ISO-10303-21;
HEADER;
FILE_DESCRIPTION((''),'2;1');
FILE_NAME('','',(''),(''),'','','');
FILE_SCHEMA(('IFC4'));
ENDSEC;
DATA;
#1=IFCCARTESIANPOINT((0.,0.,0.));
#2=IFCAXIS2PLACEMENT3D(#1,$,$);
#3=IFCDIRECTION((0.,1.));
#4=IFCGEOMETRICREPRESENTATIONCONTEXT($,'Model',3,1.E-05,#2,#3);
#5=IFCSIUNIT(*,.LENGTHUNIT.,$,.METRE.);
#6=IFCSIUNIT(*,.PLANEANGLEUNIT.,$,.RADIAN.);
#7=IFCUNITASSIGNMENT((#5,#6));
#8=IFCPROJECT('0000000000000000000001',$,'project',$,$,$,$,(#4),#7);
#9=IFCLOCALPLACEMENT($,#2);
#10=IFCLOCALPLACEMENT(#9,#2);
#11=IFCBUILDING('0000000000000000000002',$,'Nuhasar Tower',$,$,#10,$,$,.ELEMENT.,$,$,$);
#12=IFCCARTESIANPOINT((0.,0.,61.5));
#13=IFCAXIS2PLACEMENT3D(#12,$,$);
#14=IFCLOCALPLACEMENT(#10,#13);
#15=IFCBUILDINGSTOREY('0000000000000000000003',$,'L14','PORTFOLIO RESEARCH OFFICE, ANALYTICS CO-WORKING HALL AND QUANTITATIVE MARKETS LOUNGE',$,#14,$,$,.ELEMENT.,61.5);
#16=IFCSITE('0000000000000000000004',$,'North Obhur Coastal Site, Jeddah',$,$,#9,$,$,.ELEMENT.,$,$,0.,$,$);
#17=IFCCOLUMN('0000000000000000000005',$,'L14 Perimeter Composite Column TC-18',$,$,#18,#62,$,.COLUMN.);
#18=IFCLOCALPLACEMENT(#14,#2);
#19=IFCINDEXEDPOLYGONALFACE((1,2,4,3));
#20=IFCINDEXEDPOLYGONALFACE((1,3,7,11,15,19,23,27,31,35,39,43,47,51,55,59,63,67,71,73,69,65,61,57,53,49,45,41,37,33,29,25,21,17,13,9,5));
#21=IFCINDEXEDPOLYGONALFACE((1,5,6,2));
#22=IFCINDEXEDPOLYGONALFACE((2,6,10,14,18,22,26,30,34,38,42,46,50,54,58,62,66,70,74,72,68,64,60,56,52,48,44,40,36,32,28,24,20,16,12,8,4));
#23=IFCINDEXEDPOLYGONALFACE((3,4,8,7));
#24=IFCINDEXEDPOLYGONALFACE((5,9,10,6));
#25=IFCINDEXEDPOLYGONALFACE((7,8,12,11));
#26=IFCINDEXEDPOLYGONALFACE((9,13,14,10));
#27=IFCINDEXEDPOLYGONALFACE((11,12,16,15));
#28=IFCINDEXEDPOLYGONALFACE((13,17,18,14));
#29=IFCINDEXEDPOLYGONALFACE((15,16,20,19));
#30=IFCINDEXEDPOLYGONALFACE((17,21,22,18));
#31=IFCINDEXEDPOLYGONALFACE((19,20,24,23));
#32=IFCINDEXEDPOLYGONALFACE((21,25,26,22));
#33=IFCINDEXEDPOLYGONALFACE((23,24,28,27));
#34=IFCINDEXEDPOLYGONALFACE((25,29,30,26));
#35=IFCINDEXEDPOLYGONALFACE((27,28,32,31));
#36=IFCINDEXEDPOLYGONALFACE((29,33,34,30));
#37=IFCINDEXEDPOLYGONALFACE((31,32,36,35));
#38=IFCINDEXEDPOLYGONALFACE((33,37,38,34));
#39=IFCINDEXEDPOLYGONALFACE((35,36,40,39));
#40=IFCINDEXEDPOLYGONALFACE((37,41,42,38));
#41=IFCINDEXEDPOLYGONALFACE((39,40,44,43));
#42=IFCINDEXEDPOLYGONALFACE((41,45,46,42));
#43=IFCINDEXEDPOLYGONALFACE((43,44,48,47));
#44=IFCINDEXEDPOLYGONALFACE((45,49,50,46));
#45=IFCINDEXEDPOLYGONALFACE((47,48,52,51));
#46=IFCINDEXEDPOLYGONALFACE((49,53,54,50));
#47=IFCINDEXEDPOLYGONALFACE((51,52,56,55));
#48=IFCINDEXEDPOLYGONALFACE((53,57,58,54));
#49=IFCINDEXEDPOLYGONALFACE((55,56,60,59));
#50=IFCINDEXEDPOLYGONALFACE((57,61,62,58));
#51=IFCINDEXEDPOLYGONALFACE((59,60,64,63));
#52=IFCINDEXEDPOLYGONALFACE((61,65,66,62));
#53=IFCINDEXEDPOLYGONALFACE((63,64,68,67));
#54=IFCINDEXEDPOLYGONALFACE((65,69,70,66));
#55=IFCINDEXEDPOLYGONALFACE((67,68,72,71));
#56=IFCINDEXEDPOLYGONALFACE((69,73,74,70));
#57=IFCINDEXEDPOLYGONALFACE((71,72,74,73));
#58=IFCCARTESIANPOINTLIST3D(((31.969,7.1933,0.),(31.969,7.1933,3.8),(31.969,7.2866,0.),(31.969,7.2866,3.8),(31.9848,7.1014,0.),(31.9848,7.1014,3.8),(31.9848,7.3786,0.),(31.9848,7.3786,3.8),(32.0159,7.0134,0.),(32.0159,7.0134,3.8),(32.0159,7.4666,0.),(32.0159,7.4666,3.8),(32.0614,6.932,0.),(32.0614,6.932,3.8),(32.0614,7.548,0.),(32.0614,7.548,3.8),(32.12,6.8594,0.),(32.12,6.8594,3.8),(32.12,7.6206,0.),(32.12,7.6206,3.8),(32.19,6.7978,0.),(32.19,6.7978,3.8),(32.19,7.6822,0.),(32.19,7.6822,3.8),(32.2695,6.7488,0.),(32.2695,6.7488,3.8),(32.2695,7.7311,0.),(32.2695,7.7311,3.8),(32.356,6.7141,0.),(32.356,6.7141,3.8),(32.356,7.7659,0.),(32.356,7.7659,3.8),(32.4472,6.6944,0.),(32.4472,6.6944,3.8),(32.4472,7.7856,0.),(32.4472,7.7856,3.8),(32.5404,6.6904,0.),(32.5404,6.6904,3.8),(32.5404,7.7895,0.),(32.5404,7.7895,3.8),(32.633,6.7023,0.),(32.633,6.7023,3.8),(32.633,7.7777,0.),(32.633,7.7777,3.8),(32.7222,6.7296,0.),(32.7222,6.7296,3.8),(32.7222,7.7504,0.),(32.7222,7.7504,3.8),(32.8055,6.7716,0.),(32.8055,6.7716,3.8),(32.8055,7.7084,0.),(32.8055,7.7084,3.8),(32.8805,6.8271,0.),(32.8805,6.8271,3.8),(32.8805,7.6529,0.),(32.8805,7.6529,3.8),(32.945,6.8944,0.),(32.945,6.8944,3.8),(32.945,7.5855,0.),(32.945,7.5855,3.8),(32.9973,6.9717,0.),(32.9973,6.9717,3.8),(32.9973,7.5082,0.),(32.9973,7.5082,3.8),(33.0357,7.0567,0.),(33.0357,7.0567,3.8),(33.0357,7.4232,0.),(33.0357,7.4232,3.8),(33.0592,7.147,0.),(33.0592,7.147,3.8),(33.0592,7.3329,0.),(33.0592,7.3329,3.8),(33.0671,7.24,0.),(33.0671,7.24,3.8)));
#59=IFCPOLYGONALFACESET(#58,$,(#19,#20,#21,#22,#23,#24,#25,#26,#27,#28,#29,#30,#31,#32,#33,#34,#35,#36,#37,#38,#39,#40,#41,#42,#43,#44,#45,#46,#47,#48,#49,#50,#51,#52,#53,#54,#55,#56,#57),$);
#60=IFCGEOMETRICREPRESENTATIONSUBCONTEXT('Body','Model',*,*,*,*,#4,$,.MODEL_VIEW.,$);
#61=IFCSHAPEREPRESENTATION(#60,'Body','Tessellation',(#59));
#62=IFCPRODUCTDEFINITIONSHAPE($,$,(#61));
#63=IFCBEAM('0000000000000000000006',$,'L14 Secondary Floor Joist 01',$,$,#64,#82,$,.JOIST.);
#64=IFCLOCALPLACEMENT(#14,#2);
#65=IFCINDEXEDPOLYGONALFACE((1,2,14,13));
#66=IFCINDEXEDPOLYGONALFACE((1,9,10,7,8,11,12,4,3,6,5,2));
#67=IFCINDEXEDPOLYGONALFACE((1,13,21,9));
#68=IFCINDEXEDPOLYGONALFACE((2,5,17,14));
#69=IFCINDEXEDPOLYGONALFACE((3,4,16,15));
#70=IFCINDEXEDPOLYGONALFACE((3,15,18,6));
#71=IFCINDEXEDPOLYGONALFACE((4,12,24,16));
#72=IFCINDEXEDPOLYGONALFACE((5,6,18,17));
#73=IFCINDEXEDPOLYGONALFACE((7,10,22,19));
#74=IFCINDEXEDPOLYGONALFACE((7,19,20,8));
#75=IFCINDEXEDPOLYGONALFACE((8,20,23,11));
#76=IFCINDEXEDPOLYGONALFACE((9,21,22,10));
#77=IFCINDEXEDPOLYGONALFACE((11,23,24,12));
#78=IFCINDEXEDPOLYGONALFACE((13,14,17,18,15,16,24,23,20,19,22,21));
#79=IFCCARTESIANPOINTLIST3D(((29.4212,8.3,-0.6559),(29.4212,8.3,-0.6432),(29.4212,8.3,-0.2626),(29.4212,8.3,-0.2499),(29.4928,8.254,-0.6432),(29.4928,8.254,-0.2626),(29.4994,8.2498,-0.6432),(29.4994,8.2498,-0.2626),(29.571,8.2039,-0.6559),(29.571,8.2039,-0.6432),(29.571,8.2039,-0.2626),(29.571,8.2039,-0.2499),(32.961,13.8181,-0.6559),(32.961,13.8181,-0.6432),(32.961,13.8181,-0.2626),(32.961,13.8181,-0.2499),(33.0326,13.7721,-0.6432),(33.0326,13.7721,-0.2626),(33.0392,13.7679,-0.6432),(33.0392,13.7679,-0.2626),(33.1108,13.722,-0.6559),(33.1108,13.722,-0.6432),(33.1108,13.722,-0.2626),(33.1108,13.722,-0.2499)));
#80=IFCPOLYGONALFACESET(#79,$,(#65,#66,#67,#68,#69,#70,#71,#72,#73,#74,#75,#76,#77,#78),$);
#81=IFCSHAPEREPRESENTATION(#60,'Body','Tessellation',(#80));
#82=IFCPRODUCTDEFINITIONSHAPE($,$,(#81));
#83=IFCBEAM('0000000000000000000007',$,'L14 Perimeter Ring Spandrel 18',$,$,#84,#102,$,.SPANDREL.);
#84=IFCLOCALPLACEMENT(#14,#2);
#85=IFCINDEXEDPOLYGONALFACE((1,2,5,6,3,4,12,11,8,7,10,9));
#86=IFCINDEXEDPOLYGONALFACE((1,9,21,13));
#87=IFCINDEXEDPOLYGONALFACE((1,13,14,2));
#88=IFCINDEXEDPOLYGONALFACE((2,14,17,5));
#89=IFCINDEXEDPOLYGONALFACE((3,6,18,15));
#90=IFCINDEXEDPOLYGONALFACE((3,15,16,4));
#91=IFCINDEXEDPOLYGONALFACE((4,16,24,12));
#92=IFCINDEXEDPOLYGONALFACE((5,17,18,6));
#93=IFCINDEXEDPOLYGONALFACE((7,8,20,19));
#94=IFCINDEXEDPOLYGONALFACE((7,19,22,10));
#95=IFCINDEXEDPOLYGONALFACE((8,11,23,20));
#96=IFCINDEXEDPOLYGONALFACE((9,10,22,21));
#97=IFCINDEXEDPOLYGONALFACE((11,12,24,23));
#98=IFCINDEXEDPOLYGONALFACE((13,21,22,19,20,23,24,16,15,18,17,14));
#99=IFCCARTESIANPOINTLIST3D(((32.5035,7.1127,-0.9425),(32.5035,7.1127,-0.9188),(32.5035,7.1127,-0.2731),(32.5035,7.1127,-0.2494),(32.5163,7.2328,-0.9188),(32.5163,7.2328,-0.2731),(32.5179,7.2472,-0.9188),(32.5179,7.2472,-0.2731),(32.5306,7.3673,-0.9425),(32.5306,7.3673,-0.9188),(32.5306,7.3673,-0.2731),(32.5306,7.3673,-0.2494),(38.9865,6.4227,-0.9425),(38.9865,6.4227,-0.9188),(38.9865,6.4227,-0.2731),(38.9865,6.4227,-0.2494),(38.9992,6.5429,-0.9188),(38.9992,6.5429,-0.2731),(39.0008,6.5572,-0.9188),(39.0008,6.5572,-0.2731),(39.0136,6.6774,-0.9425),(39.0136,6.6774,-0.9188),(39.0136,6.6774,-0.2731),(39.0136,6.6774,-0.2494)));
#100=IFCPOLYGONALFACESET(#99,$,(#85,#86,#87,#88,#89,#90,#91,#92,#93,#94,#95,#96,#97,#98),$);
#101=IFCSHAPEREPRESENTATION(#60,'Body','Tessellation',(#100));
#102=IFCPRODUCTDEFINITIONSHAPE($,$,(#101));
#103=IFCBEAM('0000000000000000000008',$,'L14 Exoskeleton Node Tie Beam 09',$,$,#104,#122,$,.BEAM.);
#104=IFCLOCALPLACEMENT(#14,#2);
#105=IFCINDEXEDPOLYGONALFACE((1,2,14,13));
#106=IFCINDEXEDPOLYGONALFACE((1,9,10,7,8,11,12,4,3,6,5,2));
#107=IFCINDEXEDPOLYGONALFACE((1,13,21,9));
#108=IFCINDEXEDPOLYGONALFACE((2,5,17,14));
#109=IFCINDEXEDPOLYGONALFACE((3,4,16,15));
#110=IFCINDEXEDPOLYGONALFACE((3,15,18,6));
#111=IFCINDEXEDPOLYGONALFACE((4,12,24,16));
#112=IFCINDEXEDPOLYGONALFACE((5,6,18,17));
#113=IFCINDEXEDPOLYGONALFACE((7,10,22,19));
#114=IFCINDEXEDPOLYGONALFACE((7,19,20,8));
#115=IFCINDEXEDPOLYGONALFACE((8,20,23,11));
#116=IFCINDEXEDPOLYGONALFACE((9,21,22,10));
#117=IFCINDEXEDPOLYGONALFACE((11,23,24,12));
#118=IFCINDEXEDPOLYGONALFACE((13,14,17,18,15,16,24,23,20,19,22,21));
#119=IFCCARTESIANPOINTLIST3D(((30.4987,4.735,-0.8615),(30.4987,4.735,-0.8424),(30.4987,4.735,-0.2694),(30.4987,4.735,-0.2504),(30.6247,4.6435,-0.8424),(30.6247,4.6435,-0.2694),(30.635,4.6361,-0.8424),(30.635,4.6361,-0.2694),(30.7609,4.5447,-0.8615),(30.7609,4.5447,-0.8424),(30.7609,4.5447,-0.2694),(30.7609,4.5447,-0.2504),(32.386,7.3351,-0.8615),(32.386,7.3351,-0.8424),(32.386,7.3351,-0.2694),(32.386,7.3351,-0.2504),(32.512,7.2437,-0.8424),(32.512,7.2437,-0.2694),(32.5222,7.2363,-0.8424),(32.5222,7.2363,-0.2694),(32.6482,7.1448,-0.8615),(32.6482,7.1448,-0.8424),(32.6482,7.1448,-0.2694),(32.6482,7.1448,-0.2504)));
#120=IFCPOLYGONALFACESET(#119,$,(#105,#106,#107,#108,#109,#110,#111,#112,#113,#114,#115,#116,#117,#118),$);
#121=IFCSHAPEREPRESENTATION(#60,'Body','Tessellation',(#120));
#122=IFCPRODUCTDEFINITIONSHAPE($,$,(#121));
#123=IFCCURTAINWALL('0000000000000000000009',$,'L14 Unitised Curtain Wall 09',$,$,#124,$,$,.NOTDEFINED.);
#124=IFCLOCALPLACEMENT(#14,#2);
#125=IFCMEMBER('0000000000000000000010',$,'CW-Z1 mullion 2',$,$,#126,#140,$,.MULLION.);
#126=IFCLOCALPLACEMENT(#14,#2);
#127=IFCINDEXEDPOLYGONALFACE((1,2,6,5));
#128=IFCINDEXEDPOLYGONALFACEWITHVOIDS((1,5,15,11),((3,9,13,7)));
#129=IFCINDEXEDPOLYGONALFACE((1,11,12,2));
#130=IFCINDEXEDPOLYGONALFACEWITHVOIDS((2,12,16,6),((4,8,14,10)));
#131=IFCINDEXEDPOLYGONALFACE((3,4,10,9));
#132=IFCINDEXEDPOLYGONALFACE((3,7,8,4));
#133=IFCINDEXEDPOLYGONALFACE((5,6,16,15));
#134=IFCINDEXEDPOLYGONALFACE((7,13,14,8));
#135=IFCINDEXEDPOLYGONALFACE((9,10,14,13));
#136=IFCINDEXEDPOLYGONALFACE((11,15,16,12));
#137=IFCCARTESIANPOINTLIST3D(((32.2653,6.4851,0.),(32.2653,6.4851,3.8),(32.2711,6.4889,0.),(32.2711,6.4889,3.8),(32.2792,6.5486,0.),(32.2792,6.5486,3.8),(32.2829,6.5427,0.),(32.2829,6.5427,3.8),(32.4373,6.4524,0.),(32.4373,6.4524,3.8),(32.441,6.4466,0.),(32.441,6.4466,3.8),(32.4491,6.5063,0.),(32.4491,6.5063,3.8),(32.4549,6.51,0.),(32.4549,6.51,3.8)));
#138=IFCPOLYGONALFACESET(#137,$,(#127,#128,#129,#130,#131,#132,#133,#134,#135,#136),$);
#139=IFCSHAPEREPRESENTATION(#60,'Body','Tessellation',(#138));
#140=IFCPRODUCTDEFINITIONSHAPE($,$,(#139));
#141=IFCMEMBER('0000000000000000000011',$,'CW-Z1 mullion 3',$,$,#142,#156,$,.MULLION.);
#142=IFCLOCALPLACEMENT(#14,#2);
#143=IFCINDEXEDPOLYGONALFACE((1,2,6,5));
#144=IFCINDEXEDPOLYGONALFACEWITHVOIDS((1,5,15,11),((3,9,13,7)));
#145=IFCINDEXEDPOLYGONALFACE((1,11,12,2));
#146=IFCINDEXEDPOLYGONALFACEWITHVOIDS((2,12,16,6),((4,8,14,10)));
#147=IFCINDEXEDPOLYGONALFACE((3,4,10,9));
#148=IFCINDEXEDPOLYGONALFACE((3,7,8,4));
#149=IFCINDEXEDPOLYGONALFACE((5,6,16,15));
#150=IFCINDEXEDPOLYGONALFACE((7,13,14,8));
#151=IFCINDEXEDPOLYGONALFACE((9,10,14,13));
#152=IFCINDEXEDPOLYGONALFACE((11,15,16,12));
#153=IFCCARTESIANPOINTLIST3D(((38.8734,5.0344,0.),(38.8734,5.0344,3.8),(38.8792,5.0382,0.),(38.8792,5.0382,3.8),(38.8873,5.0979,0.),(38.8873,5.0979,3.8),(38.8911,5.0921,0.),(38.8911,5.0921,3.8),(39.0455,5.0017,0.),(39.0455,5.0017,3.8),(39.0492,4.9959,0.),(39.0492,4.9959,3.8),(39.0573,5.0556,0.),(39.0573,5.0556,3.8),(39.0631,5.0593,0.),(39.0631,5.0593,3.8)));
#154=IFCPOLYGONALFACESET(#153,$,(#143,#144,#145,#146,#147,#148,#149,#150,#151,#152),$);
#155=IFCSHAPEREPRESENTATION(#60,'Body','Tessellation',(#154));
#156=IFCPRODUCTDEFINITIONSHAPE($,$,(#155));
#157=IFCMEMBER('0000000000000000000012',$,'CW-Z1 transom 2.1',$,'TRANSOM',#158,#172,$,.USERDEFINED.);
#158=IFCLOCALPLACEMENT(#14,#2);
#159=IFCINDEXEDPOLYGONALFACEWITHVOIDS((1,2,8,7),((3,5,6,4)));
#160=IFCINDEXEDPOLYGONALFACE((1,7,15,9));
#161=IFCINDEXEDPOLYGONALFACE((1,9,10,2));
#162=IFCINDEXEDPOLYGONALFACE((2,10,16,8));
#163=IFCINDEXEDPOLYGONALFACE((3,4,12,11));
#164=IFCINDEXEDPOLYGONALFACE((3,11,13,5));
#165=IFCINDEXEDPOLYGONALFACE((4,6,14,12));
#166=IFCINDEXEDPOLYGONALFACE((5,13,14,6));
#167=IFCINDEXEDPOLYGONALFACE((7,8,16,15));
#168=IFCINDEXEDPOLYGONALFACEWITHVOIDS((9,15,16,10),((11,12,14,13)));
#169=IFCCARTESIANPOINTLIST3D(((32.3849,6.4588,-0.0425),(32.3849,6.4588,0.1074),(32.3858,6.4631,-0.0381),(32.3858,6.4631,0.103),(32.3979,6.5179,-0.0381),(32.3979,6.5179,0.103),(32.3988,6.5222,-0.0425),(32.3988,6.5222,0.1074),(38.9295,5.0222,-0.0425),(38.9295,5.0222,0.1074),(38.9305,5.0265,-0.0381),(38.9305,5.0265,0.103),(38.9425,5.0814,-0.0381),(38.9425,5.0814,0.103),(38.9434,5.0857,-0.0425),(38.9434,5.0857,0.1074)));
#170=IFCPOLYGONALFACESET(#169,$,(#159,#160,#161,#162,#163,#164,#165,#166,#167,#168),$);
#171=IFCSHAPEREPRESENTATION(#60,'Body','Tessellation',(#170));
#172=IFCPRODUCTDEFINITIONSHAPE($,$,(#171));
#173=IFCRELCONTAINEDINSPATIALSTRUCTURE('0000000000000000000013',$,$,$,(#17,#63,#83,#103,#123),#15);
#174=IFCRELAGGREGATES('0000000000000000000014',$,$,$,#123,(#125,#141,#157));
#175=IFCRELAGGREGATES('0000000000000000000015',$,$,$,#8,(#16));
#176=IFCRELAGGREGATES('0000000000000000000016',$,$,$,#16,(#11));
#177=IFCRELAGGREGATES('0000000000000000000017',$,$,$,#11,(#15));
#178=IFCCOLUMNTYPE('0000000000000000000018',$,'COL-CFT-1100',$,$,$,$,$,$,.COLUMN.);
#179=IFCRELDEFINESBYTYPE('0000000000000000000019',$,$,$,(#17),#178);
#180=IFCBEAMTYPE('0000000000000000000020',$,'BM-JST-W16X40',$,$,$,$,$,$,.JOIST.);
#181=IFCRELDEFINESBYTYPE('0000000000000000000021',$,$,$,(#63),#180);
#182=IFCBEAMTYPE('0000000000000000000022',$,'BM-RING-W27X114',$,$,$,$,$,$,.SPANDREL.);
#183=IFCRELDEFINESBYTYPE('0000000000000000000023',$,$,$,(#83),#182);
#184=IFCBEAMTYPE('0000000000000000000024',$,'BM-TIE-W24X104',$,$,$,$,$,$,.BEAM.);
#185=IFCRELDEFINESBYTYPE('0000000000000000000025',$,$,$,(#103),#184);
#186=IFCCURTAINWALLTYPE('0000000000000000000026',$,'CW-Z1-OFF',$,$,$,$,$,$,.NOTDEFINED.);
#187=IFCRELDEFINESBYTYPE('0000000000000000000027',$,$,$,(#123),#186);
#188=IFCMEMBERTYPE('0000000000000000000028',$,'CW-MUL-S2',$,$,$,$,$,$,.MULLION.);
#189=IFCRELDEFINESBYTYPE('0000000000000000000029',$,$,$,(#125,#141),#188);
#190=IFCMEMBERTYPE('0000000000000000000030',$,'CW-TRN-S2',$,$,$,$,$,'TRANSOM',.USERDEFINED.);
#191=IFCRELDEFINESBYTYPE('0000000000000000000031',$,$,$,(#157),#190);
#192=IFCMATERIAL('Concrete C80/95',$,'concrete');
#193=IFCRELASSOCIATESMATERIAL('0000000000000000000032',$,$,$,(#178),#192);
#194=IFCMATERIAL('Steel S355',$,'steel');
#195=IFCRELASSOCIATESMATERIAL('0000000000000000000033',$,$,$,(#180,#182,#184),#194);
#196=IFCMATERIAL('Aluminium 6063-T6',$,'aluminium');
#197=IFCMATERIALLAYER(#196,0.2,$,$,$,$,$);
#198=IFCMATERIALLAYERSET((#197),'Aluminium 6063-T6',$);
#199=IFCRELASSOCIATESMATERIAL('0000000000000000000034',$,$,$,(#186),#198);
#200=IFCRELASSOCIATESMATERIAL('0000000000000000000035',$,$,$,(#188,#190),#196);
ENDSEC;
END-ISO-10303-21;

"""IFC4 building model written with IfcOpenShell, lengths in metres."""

from ifc_helpers import new_model, si_unit, direction, frame, origin, origin_2d, place, context, subcontext, project, spatial, hollow_rectangle, circle, i_section, extrude, material, layer, layer_set, material_profile, profile_set, type_object, element, aggregate, save


model = new_model("IFC4")

# Units and contexts
model_context = context("Model", 3, precision=1e-05, world=origin(), true_north=direction((0.0, 1.0)))
body_context = subcontext(model_context, "Body", "Model", "MODEL_VIEW")
ifc_project = project(units=[si_unit("LENGTHUNIT", "METRE"), si_unit("PLANEANGLEUNIT", "RADIAN")], contexts=[model_context])

# Site, building, storey
site_placement = place(None, origin())
site = spatial("IfcSite", under=ifc_project, at=site_placement, Name="North Obhur Coastal Site, Jeddah", CompositionType="ELEMENT", RefElevation=0.0)
building_placement = place(site_placement, origin())
building = spatial("IfcBuilding", under=site, at=building_placement, Name="Nuhasar Tower", CompositionType="ELEMENT")
storey_placement = place(building_placement, frame((0.0, 0.0, 61.5)))
storey = spatial("IfcBuildingStorey", under=building, at=storey_placement, Name="L14", Description="PORTFOLIO RESEARCH OFFICE, ANALYTICS CO-WORKING HALL AND QUANTITATIVE MARKETS LOUNGE", CompositionType="ELEMENT", Elevation=61.5)

# Column
ifc_material_1 = material(Name="Concrete C80/95", Category="concrete")
ifc_material_profile_1 = material_profile(ifc_material_1, circle(Radius=0.55, at=origin_2d()), Name="CFT1100")
ifc_profile_set_1 = profile_set([ifc_material_profile_1], Name="Concrete C80/95")
column_type = type_object("IfcColumnType", Name="COL-CFT-1100", PredefinedType="COLUMN", material=ifc_profile_set_1)
column_placement = place(storey_placement, frame((32.5171, 7.24, 0.0), z_axis=(0.0, 0.0, 1.0), x_axis=(1.0, 0.0, 0.0)))
element("IfcColumn", 1, at=column_placement, inside=storey, type_object=column_type, Name="L14 Perimeter Composite Column TC-18", PredefinedType="COLUMN", context=body_context, shape_type="SweptSolid", body=[
    extrude(circle(Radius=0.55, at=origin_2d()), origin(), (0.0, 0.0, 1.0), 3.8),
])

# Beams
ifc_material_2 = material(Name="Steel S355", Category="steel")
ifc_material_profile_2 = material_profile(ifc_material_2, i_section(OverallWidth=0.178, OverallDepth=0.406, WebThickness=0.0078, FlangeThickness=0.0127, at=origin_2d()), Name="W16X40")
ifc_profile_set_2 = profile_set([ifc_material_profile_2], Name="Steel S355")
beam_type_1 = type_object("IfcBeamType", Name="BM-JST-W16X40", PredefinedType="JOIST", material=ifc_profile_set_2)
beam_1_placement = place(storey_placement, frame((33.0359, 13.77, -0.4529), z_axis=(-0.539944, -0.841701, 0.0), x_axis=(0.841701, -0.539944, 0.0)))
element("IfcBeam", 2, at=beam_1_placement, inside=storey, type_object=beam_type_1, Name="L14 Secondary Floor Joist 01", PredefinedType="JOIST", context=body_context, shape_type="SweptSolid", body=[
    extrude(i_section(OverallWidth=0.178, OverallDepth=0.406, WebThickness=0.0078, FlangeThickness=0.0127, at=origin_2d()), origin(), (0.0, 0.0, 1.0), 6.5559),
])
ifc_material_profile_3 = material_profile(ifc_material_2, i_section(OverallWidth=0.2561, OverallDepth=0.6931, WebThickness=0.0144, FlangeThickness=0.0237, at=origin_2d()), Name="W27X114")
ifc_profile_set_3 = profile_set([ifc_material_profile_3], Name="Steel S355")
beam_type_2 = type_object("IfcBeamType", Name="BM-RING-W27X114", PredefinedType="SPANDREL", material=ifc_profile_set_3)
beam_2_placement = place(storey_placement, frame((32.5171, 7.24, -0.5959), z_axis=(0.994385, -0.105827, 0.0), x_axis=(0.105827, 0.994385, 0.0)))
element("IfcBeam", 3, at=beam_2_placement, inside=storey, type_object=beam_type_2, Name="L14 Perimeter Ring Spandrel 18", PredefinedType="SPANDREL", context=body_context, shape_type="SweptSolid", body=[
    extrude(i_section(OverallWidth=0.2561, OverallDepth=0.6931, WebThickness=0.0144, FlangeThickness=0.0237, at=origin_2d()), origin(), (0.0, 0.0, 1.0), 6.5195),
])
ifc_material_profile_4 = material_profile(ifc_material_2, i_section(OverallWidth=0.324, OverallDepth=0.6111, WebThickness=0.0127, FlangeThickness=0.019, at=origin_2d()), Name="W24X104")
ifc_profile_set_4 = profile_set([ifc_material_profile_4], Name="Steel S355")
beam_type_3 = type_object("IfcBeamType", Name="BM-TIE-W24X104", PredefinedType="BEAM", material=ifc_profile_set_4)
beam_3_placement = place(storey_placement, frame((32.5171, 7.24, -0.5559), z_axis=(-0.587403, -0.809294, 0.0), x_axis=(0.809294, -0.587403, 0.0)))
element("IfcBeam", 4, at=beam_3_placement, inside=storey, type_object=beam_type_3, Name="L14 Exoskeleton Node Tie Beam 09", PredefinedType="BEAM", context=body_context, shape_type="SweptSolid", body=[
    extrude(i_section(OverallWidth=0.324, OverallDepth=0.6111, WebThickness=0.0127, FlangeThickness=0.019, at=origin_2d()), origin(), (0.0, 0.0, 1.0), 3.2129),
])

# Curtain wall, members
ifc_material_3 = material(Name="Aluminium 6063-T6", Category="aluminium")
ifc_layer_1 = layer(ifc_material_3, 0.2)
ifc_layer_set_1 = layer_set([ifc_layer_1], Name="Aluminium 6063-T6")
curtain_wall_type = type_object("IfcCurtainWallType", Name="CW-Z1-OFF", PredefinedType="NOTDEFINED", material=ifc_layer_set_1)
curtain_wall_placement = place(storey_placement, origin())
curtain_wall = element("IfcCurtainWall", 5, at=curtain_wall_placement, inside=storey, type_object=curtain_wall_type, Name="L14 Unitised Curtain Wall 09", PredefinedType="NOTDEFINED")
ifc_material_profile_5 = material_profile(ifc_material_3, hollow_rectangle(XDim=0.0649, YDim=0.1799, WallThickness=0.0049, at=origin_2d()), Name="CWM-2")
ifc_profile_set_5 = profile_set([ifc_material_profile_5], Name="Aluminium 6063-T6")
member_type_1 = type_object("IfcMemberType", Name="CW-MUL-S2", PredefinedType="MULLION", material=ifc_profile_set_5)
member_1_placement = place(storey_placement, frame((32.3601, 6.4976, 0.0), z_axis=(0.0, 0.0, 1.0), x_axis=(0.214399, 0.976746, 0.0)))
member_1 = element("IfcMember", 6, at=member_1_placement, type_object=member_type_1, Name="CW-Z1 mullion 2", PredefinedType="MULLION", context=body_context, shape_type="SweptSolid", body=[
    extrude(hollow_rectangle(XDim=0.0649, YDim=0.1799, WallThickness=0.0049, at=origin_2d()), origin(), (0.0, 0.0, 1.0), 3.8),
])
member_2_placement = place(storey_placement, frame((38.9683, 5.0469, 0.0), z_axis=(0.0, 0.0, 1.0), x_axis=(0.214399, 0.976746, 0.0)))
member_2 = element("IfcMember", 7, at=member_2_placement, type_object=member_type_1, Name="CW-Z1 mullion 3", PredefinedType="MULLION", context=body_context, shape_type="SweptSolid", body=[
    extrude(hollow_rectangle(XDim=0.0649, YDim=0.1799, WallThickness=0.0049, at=origin_2d()), origin(), (0.0, 0.0, 1.0), 3.8),
])
ifc_material_profile_6 = material_profile(ifc_material_3, hollow_rectangle(XDim=0.0649, YDim=0.1499, WallThickness=0.0044, at=origin_2d()), Name="CWT-2")
ifc_profile_set_6 = profile_set([ifc_material_profile_6], Name="Aluminium 6063-T6")
member_type_2 = type_object("IfcMemberType", Name="CW-TRN-S2", ElementType="TRANSOM", PredefinedType="USERDEFINED", material=ifc_profile_set_6)
member_3_placement = place(storey_placement, frame((32.3918, 6.4905, 0.0325), z_axis=(0.976748, -0.214391, 0.0), x_axis=(0.214391, 0.976748, 0.0)))
member_3 = element("IfcMember", 8, at=member_3_placement, type_object=member_type_2, Name="CW-Z1 transom 2.1", ObjectType="TRANSOM", PredefinedType="USERDEFINED", context=body_context, shape_type="SweptSolid", body=[
    extrude(hollow_rectangle(XDim=0.0649, YDim=0.1499, WallThickness=0.0044, at=origin_2d()), origin(), (0.0, 0.0, 1.0), 6.7004),
])

aggregate(curtain_wall, [member_1, member_2, member_3])

save(model, "model.ifc")
